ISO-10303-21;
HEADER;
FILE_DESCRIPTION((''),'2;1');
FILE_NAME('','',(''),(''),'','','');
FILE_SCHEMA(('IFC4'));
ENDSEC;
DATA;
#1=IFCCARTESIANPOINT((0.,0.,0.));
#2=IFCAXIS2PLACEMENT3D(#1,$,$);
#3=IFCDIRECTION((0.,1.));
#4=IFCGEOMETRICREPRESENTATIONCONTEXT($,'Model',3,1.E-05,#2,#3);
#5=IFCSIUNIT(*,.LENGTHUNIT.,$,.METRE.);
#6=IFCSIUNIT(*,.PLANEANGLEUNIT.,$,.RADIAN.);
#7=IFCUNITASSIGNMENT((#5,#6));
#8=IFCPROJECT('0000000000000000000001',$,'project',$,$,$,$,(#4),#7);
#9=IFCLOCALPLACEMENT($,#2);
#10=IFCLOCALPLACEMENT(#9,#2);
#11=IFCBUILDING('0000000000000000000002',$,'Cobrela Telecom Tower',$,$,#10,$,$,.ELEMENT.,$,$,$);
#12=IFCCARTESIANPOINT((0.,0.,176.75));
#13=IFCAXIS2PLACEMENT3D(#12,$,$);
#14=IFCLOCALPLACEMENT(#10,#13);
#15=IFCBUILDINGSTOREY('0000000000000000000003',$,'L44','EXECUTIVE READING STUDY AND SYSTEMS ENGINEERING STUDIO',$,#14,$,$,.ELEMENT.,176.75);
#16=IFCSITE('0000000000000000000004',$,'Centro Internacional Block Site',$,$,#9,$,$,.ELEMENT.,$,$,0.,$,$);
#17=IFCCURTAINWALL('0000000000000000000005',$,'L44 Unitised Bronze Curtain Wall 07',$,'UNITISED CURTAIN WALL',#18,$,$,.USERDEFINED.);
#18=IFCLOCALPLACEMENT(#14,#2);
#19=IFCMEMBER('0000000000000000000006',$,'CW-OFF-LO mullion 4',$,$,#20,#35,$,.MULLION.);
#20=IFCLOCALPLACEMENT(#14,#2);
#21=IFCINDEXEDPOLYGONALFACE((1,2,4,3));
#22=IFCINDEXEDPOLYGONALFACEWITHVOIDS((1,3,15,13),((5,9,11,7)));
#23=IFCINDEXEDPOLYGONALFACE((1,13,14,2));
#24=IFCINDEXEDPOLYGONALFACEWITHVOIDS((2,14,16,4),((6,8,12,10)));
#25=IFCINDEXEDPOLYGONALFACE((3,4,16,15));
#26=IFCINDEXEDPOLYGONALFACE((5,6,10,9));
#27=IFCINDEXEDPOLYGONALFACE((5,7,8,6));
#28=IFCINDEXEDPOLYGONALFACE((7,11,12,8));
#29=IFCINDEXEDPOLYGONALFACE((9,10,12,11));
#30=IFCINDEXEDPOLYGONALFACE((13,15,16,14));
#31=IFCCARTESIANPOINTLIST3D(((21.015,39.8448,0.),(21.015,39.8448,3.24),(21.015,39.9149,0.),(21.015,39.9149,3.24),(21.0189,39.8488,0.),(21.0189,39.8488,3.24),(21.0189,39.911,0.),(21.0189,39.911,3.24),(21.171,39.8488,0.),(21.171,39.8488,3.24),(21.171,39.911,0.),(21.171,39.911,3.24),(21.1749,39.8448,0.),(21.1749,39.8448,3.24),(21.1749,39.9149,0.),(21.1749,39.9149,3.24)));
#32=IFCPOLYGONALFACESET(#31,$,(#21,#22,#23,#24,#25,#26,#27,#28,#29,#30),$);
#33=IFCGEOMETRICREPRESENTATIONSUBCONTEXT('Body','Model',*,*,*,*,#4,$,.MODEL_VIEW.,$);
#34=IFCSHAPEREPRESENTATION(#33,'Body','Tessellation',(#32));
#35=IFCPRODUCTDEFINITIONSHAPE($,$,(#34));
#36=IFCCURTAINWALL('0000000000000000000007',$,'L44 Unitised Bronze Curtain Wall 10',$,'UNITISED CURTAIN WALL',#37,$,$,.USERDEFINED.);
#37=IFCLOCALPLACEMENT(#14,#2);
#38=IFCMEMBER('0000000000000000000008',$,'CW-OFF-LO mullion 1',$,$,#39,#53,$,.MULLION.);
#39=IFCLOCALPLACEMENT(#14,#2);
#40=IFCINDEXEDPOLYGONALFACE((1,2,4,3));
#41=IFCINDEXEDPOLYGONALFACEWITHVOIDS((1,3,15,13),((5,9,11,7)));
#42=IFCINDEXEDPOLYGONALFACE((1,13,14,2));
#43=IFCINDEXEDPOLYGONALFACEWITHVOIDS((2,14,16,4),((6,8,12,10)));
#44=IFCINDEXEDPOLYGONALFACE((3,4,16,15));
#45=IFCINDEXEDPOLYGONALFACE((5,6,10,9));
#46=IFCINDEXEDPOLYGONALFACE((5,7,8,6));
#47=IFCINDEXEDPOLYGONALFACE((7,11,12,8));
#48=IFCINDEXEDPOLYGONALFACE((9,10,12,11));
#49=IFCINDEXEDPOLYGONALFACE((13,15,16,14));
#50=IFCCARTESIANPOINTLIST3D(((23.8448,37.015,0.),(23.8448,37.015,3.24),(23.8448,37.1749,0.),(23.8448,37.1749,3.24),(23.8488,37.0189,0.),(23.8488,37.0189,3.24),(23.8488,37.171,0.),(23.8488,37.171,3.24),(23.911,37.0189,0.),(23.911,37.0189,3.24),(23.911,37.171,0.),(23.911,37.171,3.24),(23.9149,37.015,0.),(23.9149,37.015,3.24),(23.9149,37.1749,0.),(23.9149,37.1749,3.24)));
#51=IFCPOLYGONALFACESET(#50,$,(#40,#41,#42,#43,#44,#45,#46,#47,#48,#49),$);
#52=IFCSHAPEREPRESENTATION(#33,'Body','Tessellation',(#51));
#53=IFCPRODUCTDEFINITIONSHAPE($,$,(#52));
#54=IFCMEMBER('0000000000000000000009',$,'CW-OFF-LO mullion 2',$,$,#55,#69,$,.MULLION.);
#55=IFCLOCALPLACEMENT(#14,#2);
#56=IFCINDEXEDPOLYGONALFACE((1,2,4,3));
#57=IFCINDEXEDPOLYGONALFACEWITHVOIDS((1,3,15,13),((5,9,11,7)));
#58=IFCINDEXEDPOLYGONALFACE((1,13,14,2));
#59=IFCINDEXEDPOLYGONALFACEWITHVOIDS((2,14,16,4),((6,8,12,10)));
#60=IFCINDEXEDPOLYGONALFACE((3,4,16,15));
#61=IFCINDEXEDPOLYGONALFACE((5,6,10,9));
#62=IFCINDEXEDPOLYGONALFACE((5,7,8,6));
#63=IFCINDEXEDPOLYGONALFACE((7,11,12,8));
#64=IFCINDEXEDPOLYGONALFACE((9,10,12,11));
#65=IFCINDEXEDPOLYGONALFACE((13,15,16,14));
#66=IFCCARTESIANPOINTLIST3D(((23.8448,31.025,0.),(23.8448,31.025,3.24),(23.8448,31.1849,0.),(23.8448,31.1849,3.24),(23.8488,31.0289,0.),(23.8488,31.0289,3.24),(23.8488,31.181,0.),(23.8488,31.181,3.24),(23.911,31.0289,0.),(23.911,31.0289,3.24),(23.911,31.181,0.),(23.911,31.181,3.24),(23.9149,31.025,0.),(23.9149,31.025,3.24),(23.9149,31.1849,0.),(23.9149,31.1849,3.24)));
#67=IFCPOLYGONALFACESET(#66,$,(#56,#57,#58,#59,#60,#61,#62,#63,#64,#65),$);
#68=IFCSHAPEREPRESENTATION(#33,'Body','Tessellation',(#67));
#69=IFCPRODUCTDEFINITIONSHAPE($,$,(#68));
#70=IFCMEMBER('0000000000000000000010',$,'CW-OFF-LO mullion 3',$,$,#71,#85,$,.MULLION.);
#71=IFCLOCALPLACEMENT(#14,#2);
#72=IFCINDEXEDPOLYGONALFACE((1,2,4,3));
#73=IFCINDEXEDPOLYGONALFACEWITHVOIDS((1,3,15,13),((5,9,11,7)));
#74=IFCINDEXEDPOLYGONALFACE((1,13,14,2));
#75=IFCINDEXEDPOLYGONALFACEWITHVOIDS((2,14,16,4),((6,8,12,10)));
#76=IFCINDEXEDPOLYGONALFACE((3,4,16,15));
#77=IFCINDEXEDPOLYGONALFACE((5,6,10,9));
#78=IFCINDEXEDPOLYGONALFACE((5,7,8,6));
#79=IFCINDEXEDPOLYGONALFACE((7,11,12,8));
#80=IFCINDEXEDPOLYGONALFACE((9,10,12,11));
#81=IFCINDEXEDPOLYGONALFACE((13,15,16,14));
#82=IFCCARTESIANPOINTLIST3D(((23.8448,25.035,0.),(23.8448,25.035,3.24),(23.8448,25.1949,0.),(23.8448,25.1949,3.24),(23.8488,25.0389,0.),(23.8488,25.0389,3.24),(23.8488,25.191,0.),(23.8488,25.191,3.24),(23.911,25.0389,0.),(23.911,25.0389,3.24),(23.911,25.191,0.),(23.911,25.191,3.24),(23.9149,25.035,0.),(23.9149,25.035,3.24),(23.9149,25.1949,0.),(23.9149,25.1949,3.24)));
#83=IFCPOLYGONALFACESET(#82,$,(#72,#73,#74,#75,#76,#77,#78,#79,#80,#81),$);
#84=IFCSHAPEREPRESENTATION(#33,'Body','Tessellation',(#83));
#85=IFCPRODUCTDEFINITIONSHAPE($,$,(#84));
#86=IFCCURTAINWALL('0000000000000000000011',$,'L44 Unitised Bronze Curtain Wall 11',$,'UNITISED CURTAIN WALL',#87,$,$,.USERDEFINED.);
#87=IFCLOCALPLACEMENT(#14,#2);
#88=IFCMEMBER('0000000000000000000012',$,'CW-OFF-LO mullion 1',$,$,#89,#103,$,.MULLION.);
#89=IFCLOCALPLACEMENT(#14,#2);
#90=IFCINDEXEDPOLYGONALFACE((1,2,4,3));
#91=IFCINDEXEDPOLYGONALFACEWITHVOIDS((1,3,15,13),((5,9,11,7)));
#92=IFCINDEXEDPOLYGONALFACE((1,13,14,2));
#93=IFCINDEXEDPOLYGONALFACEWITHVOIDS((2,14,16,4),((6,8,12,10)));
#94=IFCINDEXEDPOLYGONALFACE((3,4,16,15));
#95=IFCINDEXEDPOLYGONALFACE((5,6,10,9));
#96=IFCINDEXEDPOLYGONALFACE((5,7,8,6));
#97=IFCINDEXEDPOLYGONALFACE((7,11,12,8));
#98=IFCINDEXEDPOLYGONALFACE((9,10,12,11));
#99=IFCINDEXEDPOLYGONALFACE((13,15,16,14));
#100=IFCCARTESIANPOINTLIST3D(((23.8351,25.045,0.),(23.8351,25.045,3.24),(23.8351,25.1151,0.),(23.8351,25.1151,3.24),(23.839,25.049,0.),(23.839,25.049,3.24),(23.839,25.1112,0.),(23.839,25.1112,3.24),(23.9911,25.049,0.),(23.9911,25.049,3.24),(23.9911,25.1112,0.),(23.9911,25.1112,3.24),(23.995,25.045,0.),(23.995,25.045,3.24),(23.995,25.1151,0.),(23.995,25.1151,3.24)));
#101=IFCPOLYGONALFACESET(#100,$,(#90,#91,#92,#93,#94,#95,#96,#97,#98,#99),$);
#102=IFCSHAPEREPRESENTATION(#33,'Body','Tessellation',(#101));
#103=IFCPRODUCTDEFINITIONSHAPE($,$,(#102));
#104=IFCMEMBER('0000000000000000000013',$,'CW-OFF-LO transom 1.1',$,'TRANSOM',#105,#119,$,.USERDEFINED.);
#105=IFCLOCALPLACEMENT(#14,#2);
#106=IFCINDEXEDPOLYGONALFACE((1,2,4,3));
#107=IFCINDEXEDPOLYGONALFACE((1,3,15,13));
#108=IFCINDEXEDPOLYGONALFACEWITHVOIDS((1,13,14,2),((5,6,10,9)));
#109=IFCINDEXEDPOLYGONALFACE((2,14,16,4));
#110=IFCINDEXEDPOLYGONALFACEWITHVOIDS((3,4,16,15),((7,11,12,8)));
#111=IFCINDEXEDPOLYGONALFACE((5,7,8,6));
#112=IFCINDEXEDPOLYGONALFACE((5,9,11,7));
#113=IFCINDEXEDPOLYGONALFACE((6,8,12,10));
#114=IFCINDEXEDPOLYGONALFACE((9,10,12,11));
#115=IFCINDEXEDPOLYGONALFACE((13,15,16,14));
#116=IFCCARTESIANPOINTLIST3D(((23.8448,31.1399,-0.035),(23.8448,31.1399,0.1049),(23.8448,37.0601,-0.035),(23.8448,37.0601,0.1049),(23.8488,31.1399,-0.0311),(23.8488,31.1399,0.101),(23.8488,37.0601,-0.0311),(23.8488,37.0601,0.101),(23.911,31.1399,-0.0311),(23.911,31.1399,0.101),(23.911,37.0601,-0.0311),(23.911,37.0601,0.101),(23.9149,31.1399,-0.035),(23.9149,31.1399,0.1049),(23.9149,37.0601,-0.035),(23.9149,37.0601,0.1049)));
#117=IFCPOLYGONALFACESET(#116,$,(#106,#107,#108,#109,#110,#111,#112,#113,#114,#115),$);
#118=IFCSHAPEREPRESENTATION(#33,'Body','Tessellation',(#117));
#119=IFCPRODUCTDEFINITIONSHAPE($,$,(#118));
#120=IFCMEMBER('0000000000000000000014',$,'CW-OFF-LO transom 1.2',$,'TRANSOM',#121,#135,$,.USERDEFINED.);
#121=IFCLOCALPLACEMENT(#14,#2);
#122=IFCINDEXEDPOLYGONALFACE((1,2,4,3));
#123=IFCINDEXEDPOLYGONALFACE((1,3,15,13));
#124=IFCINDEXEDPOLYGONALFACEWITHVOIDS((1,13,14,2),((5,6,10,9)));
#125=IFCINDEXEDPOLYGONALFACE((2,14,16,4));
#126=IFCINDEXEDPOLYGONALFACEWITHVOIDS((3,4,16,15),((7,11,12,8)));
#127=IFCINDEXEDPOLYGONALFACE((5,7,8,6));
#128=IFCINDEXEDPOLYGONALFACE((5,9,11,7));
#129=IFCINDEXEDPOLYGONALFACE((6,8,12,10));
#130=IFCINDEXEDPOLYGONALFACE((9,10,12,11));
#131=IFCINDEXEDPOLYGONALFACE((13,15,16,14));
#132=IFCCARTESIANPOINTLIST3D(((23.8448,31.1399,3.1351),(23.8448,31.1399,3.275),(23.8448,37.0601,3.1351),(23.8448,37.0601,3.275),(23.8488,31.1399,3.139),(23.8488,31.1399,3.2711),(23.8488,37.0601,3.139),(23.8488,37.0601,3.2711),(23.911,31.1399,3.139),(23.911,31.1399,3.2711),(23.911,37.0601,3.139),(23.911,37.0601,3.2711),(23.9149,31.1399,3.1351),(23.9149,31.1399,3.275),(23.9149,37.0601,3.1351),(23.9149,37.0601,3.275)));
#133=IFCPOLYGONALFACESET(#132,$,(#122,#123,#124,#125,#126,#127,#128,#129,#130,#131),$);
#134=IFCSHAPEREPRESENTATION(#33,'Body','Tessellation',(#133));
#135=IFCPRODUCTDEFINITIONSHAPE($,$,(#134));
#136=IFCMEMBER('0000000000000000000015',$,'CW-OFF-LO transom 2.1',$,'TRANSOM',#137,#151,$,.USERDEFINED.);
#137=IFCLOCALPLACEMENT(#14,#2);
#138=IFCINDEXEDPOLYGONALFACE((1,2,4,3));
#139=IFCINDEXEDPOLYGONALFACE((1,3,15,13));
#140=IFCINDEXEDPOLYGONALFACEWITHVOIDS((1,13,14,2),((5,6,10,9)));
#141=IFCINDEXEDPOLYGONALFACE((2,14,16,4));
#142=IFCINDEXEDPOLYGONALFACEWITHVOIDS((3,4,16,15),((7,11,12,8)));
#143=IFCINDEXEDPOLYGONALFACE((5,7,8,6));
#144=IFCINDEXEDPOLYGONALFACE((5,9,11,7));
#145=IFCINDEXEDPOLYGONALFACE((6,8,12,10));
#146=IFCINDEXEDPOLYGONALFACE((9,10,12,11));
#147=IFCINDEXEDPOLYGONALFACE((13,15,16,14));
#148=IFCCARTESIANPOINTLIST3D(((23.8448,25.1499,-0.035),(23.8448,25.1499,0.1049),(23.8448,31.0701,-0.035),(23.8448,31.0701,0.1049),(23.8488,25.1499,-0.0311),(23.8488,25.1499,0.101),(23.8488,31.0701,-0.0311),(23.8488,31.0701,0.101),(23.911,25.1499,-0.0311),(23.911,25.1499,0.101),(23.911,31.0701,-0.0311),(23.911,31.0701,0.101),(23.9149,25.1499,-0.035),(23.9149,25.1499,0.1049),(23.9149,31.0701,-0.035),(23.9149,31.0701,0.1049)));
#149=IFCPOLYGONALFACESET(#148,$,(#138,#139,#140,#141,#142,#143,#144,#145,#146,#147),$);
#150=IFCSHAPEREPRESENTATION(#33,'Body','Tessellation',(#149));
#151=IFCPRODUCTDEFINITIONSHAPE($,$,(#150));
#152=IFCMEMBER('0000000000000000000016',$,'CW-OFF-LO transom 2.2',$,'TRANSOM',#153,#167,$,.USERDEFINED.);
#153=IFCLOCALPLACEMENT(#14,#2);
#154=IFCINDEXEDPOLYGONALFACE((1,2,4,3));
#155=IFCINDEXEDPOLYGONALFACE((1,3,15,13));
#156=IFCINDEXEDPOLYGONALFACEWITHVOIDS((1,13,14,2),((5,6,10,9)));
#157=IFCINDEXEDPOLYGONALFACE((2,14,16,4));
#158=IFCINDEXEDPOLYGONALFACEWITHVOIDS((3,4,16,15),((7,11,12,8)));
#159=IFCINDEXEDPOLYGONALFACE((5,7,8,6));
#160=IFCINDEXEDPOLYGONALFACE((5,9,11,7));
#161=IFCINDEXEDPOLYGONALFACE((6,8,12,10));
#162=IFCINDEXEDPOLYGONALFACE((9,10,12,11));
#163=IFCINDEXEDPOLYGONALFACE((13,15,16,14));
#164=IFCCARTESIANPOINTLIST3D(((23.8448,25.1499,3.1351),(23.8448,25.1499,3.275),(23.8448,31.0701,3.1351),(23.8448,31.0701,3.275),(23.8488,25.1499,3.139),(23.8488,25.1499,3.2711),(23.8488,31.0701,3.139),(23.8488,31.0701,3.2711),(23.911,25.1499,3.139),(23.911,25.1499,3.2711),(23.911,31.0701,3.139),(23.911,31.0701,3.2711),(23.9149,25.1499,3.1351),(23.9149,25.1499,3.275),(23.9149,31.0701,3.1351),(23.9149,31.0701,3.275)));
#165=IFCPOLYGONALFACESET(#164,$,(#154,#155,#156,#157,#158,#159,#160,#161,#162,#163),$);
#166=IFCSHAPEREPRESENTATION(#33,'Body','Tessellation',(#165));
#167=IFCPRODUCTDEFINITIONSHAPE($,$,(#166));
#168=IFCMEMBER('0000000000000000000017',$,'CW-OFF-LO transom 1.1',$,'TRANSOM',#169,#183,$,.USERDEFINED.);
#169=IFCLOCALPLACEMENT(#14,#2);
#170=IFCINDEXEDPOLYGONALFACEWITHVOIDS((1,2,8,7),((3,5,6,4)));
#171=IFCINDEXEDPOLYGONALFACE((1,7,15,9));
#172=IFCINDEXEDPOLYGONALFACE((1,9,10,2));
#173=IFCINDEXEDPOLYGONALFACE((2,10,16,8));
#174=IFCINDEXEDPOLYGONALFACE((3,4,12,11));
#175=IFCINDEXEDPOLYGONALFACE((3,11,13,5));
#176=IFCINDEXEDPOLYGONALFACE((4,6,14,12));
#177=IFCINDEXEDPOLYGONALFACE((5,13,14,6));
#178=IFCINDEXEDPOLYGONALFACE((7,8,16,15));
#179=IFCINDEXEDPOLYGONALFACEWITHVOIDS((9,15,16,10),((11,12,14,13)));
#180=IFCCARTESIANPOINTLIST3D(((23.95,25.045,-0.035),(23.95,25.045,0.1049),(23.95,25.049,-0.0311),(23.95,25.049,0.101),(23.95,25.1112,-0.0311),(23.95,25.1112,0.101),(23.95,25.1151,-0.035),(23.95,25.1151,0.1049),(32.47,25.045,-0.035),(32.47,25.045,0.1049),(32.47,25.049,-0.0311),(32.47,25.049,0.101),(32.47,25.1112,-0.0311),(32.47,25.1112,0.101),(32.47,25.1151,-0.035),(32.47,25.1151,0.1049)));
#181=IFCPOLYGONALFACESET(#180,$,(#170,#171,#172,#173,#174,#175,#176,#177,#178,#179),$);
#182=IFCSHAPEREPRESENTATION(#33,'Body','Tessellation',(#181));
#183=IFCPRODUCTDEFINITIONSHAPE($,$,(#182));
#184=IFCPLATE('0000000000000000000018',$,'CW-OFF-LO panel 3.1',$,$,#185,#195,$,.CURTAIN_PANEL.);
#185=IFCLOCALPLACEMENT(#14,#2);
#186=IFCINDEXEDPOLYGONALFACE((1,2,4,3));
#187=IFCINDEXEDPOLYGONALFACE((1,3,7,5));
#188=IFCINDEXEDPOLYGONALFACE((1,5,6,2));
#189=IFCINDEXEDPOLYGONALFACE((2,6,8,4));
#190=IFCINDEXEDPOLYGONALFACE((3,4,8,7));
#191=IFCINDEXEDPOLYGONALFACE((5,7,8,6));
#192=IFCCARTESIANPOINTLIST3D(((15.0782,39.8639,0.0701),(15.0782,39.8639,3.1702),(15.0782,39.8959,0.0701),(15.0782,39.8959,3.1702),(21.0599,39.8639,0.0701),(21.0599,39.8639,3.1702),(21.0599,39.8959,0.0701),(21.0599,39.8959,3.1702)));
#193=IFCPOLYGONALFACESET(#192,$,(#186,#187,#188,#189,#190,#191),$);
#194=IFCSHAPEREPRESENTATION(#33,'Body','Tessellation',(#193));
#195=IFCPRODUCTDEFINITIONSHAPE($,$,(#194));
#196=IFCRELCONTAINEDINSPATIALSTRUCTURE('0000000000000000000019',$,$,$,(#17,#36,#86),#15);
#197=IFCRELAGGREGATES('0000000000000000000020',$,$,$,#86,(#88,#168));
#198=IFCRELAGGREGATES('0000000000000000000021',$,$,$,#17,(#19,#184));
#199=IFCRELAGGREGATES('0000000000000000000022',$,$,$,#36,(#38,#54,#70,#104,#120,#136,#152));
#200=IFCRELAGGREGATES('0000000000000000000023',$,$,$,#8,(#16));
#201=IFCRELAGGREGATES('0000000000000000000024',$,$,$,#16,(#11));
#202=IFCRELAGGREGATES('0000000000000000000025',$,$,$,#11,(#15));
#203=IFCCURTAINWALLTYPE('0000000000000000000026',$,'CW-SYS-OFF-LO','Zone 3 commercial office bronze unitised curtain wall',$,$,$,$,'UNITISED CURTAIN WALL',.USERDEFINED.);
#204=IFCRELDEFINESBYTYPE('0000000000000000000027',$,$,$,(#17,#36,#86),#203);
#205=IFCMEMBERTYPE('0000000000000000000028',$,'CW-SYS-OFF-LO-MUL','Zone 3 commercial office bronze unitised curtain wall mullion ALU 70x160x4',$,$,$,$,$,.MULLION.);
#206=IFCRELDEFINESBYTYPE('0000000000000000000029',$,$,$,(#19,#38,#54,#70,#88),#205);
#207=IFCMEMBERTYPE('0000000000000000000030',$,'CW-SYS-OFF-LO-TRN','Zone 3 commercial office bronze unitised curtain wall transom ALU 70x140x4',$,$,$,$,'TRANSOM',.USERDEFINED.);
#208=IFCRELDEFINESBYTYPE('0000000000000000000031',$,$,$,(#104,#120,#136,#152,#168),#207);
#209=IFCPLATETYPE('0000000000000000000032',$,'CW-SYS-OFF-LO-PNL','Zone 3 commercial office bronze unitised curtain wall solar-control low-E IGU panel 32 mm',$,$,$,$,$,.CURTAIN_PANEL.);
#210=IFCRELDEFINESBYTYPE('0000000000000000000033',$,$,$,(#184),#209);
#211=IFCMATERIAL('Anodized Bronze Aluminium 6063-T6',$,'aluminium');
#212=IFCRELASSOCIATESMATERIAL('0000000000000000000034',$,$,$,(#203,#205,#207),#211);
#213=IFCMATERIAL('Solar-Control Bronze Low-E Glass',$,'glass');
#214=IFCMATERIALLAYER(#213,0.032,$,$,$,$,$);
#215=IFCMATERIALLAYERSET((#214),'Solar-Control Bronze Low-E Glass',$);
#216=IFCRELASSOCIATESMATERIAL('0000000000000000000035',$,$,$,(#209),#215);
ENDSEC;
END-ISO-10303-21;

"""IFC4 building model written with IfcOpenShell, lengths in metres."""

from ifc_helpers import new_model, si_unit, direction, frame, origin, origin_2d, place, context, subcontext, project, spatial, rectangle, hollow_rectangle, extrude, material, layer, layer_set, material_profile, profile_set, type_object, element, aggregate, save


model = new_model("IFC4")

# Units and contexts
model_context = context("Model", 3, precision=1e-05, world=origin(), true_north=direction((0.0, 1.0)))
body_context = subcontext(model_context, "Body", "Model", "MODEL_VIEW")
ifc_project = project(units=[si_unit("LENGTHUNIT", "METRE"), si_unit("PLANEANGLEUNIT", "RADIAN")], contexts=[model_context])

# Site, building, storey
site_placement = place(None, origin())
site = spatial("IfcSite", under=ifc_project, at=site_placement, Name="Centro Internacional Block Site", CompositionType="ELEMENT", RefElevation=0.0)
building_placement = place(site_placement, origin())
building = spatial("IfcBuilding", under=site, at=building_placement, Name="Cobrela Telecom Tower", CompositionType="ELEMENT")
storey_placement = place(building_placement, frame((0.0, 0.0, 176.75)))
storey = spatial("IfcBuildingStorey", under=building, at=storey_placement, Name="L44", Description="EXECUTIVE READING STUDY AND SYSTEMS ENGINEERING STUDIO", CompositionType="ELEMENT", Elevation=176.75)

# Curtain wall, member
ifc_material_1 = material(Name="Anodized Bronze Aluminium 6063-T6", Category="aluminium")
curtain_wall_type = type_object("IfcCurtainWallType", Name="CW-SYS-OFF-LO", Description="Zone 3 commercial office bronze unitised curtain wall", ElementType="UNITISED CURTAIN WALL", PredefinedType="USERDEFINED", material=ifc_material_1)
curtain_wall_1_placement = place(storey_placement, origin())
curtain_wall_1 = element("IfcCurtainWall", 1, at=curtain_wall_1_placement, inside=storey, type_object=curtain_wall_type, Name="L44 Unitised Bronze Curtain Wall 07", ObjectType="UNITISED CURTAIN WALL", PredefinedType="USERDEFINED")
ifc_material_profile_1 = material_profile(ifc_material_1, hollow_rectangle(XDim=0.0701, YDim=0.1599, WallThickness=0.0039, at=origin_2d()), Name="ALU 70x160x4")
ifc_profile_set_1 = profile_set([ifc_material_profile_1], Name="Anodized Bronze Aluminium 6063-T6")
member_type_1 = type_object("IfcMemberType", Name="CW-SYS-OFF-LO-MUL", Description="Zone 3 commercial office bronze unitised curtain wall mullion ALU 70x160x4", PredefinedType="MULLION", material=ifc_profile_set_1)
member_1_placement = place(storey_placement, frame((21.095, 39.8799, 0.0), z_axis=(0.0, 0.0, 1.0), x_axis=(0.0, 1.0, 0.0)))
member_1 = element("IfcMember", 2, at=member_1_placement, type_object=member_type_1, Name="CW-OFF-LO mullion 4", PredefinedType="MULLION", context=body_context, shape_type="SweptSolid", body=[
    extrude(hollow_rectangle(XDim=0.0701, YDim=0.1599, WallThickness=0.0039, at=origin_2d()), origin(), (0.0, 0.0, 1.0), 3.24),
])

# Curtain wall, members
curtain_wall_2_placement = place(storey_placement, origin())
curtain_wall_2 = element("IfcCurtainWall", 3, at=curtain_wall_2_placement, inside=storey, type_object=curtain_wall_type, Name="L44 Unitised Bronze Curtain Wall 10", ObjectType="UNITISED CURTAIN WALL", PredefinedType="USERDEFINED")
member_2_placement = place(storey_placement, frame((23.8799, 37.095, 0.0), z_axis=(0.0, 0.0, 1.0), x_axis=(1.0, 0.0, 0.0)))
member_2 = element("IfcMember", 4, at=member_2_placement, type_object=member_type_1, Name="CW-OFF-LO mullion 1", PredefinedType="MULLION", context=body_context, shape_type="SweptSolid", body=[
    extrude(hollow_rectangle(XDim=0.0701, YDim=0.1599, WallThickness=0.0039, at=origin_2d()), origin(), (0.0, 0.0, 1.0), 3.24),
])
member_3_placement = place(storey_placement, frame((23.8799, 31.105, 0.0), z_axis=(0.0, 0.0, 1.0), x_axis=(1.0, 0.0, 0.0)))
member_3 = element("IfcMember", 5, at=member_3_placement, type_object=member_type_1, Name="CW-OFF-LO mullion 2", PredefinedType="MULLION", context=body_context, shape_type="SweptSolid", body=[
    extrude(hollow_rectangle(XDim=0.0701, YDim=0.1599, WallThickness=0.0039, at=origin_2d()), origin(), (0.0, 0.0, 1.0), 3.24),
])
member_4_placement = place(storey_placement, frame((23.8799, 25.115, 0.0), z_axis=(0.0, 0.0, 1.0), x_axis=(1.0, 0.0, 0.0)))
member_4 = element("IfcMember", 6, at=member_4_placement, type_object=member_type_1, Name="CW-OFF-LO mullion 3", PredefinedType="MULLION", context=body_context, shape_type="SweptSolid", body=[
    extrude(hollow_rectangle(XDim=0.0701, YDim=0.1599, WallThickness=0.0039, at=origin_2d()), origin(), (0.0, 0.0, 1.0), 3.24),
])

# Curtain wall, member
curtain_wall_3_placement = place(storey_placement, origin())
curtain_wall_3 = element("IfcCurtainWall", 7, at=curtain_wall_3_placement, inside=storey, type_object=curtain_wall_type, Name="L44 Unitised Bronze Curtain Wall 11", ObjectType="UNITISED CURTAIN WALL", PredefinedType="USERDEFINED")
member_5_placement = place(storey_placement, frame((23.915, 25.0801, 0.0), z_axis=(0.0, 0.0, 1.0), x_axis=(0.0, 1.0, 0.0)))
member_5 = element("IfcMember", 8, at=member_5_placement, type_object=member_type_1, Name="CW-OFF-LO mullion 1", PredefinedType="MULLION", context=body_context, shape_type="SweptSolid", body=[
    extrude(hollow_rectangle(XDim=0.0701, YDim=0.1599, WallThickness=0.0039, at=origin_2d()), origin(), (0.0, 0.0, 1.0), 3.24),
])

# Members
ifc_material_profile_2 = material_profile(ifc_material_1, hollow_rectangle(XDim=0.0701, YDim=0.1399, WallThickness=0.0039, at=origin_2d()), Name="ALU 70x140x4")
ifc_profile_set_2 = profile_set([ifc_material_profile_2], Name="Anodized Bronze Aluminium 6063-T6")
member_type_2 = type_object("IfcMemberType", Name="CW-SYS-OFF-LO-TRN", Description="Zone 3 commercial office bronze unitised curtain wall transom ALU 70x140x4", ElementType="TRANSOM", PredefinedType="USERDEFINED", material=ifc_profile_set_2)
member_6_placement = place(storey_placement, frame((23.8799, 37.0601, 0.0349), z_axis=(0.0, -1.0, 0.0), x_axis=(1.0, 0.0, 0.0)))
member_6 = element("IfcMember", 9, at=member_6_placement, type_object=member_type_2, Name="CW-OFF-LO transom 1.1", ObjectType="TRANSOM", PredefinedType="USERDEFINED", context=body_context, shape_type="SweptSolid", body=[
    extrude(hollow_rectangle(XDim=0.0701, YDim=0.1399, WallThickness=0.0039, at=origin_2d()), origin(), (0.0, 0.0, 1.0), 5.9202),
])
member_7_placement = place(storey_placement, frame((23.8799, 37.0601, 3.2051), z_axis=(0.0, -1.0, 0.0), x_axis=(1.0, 0.0, 0.0)))
member_7 = element("IfcMember", 10, at=member_7_placement, type_object=member_type_2, Name="CW-OFF-LO transom 1.2", ObjectType="TRANSOM", PredefinedType="USERDEFINED", context=body_context, shape_type="SweptSolid", body=[
    extrude(hollow_rectangle(XDim=0.0701, YDim=0.1399, WallThickness=0.0039, at=origin_2d()), origin(), (0.0, 0.0, 1.0), 5.9202),
])
member_8_placement = place(storey_placement, frame((23.8799, 31.0701, 0.0349), z_axis=(0.0, -1.0, 0.0), x_axis=(1.0, 0.0, 0.0)))
member_8 = element("IfcMember", 11, at=member_8_placement, type_object=member_type_2, Name="CW-OFF-LO transom 2.1", ObjectType="TRANSOM", PredefinedType="USERDEFINED", context=body_context, shape_type="SweptSolid", body=[
    extrude(hollow_rectangle(XDim=0.0701, YDim=0.1399, WallThickness=0.0039, at=origin_2d()), origin(), (0.0, 0.0, 1.0), 5.9202),
])
member_9_placement = place(storey_placement, frame((23.8799, 31.0701, 3.2051), z_axis=(0.0, -1.0, 0.0), x_axis=(1.0, 0.0, 0.0)))
member_9 = element("IfcMember", 12, at=member_9_placement, type_object=member_type_2, Name="CW-OFF-LO transom 2.2", ObjectType="TRANSOM", PredefinedType="USERDEFINED", context=body_context, shape_type="SweptSolid", body=[
    extrude(hollow_rectangle(XDim=0.0701, YDim=0.1399, WallThickness=0.0039, at=origin_2d()), origin(), (0.0, 0.0, 1.0), 5.9202),
])
member_10_placement = place(storey_placement, frame((23.95, 25.0801, 0.0349), z_axis=(1.0, 0.0, 0.0), x_axis=(0.0, 1.0, 0.0)))
member_10 = element("IfcMember", 13, at=member_10_placement, type_object=member_type_2, Name="CW-OFF-LO transom 1.1", ObjectType="TRANSOM", PredefinedType="USERDEFINED", context=body_context, shape_type="SweptSolid", body=[
    extrude(hollow_rectangle(XDim=0.0701, YDim=0.1399, WallThickness=0.0039, at=origin_2d()), origin(), (0.0, 0.0, 1.0), 8.52),
])
aggregate(curtain_wall_3, [member_5, member_10])

# Plate
ifc_material_2 = material(Name="Solar-Control Bronze Low-E Glass", Category="glass")
ifc_layer_1 = layer(ifc_material_2, 0.032)
ifc_layer_set_1 = layer_set([ifc_layer_1], Name="Solar-Control Bronze Low-E Glass")
plate_type = type_object("IfcPlateType", Name="CW-SYS-OFF-LO-PNL", Description="Zone 3 commercial office bronze unitised curtain wall solar-control low-E IGU panel 32 mm", PredefinedType="CURTAIN_PANEL", material=ifc_layer_set_1)
plate_1_placement = place(storey_placement, frame((18.0691, 39.8799, 0.0701), z_axis=(0.0, 0.0, 1.0), x_axis=(1.0, 0.0, 0.0)))
plate_1 = element("IfcPlate", 14, at=plate_1_placement, type_object=plate_type, Name="CW-OFF-LO panel 3.1", PredefinedType="CURTAIN_PANEL", context=body_context, shape_type="SweptSolid", body=[
    extrude(rectangle(XDim=5.9817, YDim=0.032, at=origin_2d()), origin(), (0.0, 0.0, 1.0), 3.1001),
])
aggregate(curtain_wall_1, [member_1, plate_1])
aggregate(curtain_wall_2, [member_2, member_3, member_4, member_6, member_7, member_8, member_9])

save(model, "model.ifc")
